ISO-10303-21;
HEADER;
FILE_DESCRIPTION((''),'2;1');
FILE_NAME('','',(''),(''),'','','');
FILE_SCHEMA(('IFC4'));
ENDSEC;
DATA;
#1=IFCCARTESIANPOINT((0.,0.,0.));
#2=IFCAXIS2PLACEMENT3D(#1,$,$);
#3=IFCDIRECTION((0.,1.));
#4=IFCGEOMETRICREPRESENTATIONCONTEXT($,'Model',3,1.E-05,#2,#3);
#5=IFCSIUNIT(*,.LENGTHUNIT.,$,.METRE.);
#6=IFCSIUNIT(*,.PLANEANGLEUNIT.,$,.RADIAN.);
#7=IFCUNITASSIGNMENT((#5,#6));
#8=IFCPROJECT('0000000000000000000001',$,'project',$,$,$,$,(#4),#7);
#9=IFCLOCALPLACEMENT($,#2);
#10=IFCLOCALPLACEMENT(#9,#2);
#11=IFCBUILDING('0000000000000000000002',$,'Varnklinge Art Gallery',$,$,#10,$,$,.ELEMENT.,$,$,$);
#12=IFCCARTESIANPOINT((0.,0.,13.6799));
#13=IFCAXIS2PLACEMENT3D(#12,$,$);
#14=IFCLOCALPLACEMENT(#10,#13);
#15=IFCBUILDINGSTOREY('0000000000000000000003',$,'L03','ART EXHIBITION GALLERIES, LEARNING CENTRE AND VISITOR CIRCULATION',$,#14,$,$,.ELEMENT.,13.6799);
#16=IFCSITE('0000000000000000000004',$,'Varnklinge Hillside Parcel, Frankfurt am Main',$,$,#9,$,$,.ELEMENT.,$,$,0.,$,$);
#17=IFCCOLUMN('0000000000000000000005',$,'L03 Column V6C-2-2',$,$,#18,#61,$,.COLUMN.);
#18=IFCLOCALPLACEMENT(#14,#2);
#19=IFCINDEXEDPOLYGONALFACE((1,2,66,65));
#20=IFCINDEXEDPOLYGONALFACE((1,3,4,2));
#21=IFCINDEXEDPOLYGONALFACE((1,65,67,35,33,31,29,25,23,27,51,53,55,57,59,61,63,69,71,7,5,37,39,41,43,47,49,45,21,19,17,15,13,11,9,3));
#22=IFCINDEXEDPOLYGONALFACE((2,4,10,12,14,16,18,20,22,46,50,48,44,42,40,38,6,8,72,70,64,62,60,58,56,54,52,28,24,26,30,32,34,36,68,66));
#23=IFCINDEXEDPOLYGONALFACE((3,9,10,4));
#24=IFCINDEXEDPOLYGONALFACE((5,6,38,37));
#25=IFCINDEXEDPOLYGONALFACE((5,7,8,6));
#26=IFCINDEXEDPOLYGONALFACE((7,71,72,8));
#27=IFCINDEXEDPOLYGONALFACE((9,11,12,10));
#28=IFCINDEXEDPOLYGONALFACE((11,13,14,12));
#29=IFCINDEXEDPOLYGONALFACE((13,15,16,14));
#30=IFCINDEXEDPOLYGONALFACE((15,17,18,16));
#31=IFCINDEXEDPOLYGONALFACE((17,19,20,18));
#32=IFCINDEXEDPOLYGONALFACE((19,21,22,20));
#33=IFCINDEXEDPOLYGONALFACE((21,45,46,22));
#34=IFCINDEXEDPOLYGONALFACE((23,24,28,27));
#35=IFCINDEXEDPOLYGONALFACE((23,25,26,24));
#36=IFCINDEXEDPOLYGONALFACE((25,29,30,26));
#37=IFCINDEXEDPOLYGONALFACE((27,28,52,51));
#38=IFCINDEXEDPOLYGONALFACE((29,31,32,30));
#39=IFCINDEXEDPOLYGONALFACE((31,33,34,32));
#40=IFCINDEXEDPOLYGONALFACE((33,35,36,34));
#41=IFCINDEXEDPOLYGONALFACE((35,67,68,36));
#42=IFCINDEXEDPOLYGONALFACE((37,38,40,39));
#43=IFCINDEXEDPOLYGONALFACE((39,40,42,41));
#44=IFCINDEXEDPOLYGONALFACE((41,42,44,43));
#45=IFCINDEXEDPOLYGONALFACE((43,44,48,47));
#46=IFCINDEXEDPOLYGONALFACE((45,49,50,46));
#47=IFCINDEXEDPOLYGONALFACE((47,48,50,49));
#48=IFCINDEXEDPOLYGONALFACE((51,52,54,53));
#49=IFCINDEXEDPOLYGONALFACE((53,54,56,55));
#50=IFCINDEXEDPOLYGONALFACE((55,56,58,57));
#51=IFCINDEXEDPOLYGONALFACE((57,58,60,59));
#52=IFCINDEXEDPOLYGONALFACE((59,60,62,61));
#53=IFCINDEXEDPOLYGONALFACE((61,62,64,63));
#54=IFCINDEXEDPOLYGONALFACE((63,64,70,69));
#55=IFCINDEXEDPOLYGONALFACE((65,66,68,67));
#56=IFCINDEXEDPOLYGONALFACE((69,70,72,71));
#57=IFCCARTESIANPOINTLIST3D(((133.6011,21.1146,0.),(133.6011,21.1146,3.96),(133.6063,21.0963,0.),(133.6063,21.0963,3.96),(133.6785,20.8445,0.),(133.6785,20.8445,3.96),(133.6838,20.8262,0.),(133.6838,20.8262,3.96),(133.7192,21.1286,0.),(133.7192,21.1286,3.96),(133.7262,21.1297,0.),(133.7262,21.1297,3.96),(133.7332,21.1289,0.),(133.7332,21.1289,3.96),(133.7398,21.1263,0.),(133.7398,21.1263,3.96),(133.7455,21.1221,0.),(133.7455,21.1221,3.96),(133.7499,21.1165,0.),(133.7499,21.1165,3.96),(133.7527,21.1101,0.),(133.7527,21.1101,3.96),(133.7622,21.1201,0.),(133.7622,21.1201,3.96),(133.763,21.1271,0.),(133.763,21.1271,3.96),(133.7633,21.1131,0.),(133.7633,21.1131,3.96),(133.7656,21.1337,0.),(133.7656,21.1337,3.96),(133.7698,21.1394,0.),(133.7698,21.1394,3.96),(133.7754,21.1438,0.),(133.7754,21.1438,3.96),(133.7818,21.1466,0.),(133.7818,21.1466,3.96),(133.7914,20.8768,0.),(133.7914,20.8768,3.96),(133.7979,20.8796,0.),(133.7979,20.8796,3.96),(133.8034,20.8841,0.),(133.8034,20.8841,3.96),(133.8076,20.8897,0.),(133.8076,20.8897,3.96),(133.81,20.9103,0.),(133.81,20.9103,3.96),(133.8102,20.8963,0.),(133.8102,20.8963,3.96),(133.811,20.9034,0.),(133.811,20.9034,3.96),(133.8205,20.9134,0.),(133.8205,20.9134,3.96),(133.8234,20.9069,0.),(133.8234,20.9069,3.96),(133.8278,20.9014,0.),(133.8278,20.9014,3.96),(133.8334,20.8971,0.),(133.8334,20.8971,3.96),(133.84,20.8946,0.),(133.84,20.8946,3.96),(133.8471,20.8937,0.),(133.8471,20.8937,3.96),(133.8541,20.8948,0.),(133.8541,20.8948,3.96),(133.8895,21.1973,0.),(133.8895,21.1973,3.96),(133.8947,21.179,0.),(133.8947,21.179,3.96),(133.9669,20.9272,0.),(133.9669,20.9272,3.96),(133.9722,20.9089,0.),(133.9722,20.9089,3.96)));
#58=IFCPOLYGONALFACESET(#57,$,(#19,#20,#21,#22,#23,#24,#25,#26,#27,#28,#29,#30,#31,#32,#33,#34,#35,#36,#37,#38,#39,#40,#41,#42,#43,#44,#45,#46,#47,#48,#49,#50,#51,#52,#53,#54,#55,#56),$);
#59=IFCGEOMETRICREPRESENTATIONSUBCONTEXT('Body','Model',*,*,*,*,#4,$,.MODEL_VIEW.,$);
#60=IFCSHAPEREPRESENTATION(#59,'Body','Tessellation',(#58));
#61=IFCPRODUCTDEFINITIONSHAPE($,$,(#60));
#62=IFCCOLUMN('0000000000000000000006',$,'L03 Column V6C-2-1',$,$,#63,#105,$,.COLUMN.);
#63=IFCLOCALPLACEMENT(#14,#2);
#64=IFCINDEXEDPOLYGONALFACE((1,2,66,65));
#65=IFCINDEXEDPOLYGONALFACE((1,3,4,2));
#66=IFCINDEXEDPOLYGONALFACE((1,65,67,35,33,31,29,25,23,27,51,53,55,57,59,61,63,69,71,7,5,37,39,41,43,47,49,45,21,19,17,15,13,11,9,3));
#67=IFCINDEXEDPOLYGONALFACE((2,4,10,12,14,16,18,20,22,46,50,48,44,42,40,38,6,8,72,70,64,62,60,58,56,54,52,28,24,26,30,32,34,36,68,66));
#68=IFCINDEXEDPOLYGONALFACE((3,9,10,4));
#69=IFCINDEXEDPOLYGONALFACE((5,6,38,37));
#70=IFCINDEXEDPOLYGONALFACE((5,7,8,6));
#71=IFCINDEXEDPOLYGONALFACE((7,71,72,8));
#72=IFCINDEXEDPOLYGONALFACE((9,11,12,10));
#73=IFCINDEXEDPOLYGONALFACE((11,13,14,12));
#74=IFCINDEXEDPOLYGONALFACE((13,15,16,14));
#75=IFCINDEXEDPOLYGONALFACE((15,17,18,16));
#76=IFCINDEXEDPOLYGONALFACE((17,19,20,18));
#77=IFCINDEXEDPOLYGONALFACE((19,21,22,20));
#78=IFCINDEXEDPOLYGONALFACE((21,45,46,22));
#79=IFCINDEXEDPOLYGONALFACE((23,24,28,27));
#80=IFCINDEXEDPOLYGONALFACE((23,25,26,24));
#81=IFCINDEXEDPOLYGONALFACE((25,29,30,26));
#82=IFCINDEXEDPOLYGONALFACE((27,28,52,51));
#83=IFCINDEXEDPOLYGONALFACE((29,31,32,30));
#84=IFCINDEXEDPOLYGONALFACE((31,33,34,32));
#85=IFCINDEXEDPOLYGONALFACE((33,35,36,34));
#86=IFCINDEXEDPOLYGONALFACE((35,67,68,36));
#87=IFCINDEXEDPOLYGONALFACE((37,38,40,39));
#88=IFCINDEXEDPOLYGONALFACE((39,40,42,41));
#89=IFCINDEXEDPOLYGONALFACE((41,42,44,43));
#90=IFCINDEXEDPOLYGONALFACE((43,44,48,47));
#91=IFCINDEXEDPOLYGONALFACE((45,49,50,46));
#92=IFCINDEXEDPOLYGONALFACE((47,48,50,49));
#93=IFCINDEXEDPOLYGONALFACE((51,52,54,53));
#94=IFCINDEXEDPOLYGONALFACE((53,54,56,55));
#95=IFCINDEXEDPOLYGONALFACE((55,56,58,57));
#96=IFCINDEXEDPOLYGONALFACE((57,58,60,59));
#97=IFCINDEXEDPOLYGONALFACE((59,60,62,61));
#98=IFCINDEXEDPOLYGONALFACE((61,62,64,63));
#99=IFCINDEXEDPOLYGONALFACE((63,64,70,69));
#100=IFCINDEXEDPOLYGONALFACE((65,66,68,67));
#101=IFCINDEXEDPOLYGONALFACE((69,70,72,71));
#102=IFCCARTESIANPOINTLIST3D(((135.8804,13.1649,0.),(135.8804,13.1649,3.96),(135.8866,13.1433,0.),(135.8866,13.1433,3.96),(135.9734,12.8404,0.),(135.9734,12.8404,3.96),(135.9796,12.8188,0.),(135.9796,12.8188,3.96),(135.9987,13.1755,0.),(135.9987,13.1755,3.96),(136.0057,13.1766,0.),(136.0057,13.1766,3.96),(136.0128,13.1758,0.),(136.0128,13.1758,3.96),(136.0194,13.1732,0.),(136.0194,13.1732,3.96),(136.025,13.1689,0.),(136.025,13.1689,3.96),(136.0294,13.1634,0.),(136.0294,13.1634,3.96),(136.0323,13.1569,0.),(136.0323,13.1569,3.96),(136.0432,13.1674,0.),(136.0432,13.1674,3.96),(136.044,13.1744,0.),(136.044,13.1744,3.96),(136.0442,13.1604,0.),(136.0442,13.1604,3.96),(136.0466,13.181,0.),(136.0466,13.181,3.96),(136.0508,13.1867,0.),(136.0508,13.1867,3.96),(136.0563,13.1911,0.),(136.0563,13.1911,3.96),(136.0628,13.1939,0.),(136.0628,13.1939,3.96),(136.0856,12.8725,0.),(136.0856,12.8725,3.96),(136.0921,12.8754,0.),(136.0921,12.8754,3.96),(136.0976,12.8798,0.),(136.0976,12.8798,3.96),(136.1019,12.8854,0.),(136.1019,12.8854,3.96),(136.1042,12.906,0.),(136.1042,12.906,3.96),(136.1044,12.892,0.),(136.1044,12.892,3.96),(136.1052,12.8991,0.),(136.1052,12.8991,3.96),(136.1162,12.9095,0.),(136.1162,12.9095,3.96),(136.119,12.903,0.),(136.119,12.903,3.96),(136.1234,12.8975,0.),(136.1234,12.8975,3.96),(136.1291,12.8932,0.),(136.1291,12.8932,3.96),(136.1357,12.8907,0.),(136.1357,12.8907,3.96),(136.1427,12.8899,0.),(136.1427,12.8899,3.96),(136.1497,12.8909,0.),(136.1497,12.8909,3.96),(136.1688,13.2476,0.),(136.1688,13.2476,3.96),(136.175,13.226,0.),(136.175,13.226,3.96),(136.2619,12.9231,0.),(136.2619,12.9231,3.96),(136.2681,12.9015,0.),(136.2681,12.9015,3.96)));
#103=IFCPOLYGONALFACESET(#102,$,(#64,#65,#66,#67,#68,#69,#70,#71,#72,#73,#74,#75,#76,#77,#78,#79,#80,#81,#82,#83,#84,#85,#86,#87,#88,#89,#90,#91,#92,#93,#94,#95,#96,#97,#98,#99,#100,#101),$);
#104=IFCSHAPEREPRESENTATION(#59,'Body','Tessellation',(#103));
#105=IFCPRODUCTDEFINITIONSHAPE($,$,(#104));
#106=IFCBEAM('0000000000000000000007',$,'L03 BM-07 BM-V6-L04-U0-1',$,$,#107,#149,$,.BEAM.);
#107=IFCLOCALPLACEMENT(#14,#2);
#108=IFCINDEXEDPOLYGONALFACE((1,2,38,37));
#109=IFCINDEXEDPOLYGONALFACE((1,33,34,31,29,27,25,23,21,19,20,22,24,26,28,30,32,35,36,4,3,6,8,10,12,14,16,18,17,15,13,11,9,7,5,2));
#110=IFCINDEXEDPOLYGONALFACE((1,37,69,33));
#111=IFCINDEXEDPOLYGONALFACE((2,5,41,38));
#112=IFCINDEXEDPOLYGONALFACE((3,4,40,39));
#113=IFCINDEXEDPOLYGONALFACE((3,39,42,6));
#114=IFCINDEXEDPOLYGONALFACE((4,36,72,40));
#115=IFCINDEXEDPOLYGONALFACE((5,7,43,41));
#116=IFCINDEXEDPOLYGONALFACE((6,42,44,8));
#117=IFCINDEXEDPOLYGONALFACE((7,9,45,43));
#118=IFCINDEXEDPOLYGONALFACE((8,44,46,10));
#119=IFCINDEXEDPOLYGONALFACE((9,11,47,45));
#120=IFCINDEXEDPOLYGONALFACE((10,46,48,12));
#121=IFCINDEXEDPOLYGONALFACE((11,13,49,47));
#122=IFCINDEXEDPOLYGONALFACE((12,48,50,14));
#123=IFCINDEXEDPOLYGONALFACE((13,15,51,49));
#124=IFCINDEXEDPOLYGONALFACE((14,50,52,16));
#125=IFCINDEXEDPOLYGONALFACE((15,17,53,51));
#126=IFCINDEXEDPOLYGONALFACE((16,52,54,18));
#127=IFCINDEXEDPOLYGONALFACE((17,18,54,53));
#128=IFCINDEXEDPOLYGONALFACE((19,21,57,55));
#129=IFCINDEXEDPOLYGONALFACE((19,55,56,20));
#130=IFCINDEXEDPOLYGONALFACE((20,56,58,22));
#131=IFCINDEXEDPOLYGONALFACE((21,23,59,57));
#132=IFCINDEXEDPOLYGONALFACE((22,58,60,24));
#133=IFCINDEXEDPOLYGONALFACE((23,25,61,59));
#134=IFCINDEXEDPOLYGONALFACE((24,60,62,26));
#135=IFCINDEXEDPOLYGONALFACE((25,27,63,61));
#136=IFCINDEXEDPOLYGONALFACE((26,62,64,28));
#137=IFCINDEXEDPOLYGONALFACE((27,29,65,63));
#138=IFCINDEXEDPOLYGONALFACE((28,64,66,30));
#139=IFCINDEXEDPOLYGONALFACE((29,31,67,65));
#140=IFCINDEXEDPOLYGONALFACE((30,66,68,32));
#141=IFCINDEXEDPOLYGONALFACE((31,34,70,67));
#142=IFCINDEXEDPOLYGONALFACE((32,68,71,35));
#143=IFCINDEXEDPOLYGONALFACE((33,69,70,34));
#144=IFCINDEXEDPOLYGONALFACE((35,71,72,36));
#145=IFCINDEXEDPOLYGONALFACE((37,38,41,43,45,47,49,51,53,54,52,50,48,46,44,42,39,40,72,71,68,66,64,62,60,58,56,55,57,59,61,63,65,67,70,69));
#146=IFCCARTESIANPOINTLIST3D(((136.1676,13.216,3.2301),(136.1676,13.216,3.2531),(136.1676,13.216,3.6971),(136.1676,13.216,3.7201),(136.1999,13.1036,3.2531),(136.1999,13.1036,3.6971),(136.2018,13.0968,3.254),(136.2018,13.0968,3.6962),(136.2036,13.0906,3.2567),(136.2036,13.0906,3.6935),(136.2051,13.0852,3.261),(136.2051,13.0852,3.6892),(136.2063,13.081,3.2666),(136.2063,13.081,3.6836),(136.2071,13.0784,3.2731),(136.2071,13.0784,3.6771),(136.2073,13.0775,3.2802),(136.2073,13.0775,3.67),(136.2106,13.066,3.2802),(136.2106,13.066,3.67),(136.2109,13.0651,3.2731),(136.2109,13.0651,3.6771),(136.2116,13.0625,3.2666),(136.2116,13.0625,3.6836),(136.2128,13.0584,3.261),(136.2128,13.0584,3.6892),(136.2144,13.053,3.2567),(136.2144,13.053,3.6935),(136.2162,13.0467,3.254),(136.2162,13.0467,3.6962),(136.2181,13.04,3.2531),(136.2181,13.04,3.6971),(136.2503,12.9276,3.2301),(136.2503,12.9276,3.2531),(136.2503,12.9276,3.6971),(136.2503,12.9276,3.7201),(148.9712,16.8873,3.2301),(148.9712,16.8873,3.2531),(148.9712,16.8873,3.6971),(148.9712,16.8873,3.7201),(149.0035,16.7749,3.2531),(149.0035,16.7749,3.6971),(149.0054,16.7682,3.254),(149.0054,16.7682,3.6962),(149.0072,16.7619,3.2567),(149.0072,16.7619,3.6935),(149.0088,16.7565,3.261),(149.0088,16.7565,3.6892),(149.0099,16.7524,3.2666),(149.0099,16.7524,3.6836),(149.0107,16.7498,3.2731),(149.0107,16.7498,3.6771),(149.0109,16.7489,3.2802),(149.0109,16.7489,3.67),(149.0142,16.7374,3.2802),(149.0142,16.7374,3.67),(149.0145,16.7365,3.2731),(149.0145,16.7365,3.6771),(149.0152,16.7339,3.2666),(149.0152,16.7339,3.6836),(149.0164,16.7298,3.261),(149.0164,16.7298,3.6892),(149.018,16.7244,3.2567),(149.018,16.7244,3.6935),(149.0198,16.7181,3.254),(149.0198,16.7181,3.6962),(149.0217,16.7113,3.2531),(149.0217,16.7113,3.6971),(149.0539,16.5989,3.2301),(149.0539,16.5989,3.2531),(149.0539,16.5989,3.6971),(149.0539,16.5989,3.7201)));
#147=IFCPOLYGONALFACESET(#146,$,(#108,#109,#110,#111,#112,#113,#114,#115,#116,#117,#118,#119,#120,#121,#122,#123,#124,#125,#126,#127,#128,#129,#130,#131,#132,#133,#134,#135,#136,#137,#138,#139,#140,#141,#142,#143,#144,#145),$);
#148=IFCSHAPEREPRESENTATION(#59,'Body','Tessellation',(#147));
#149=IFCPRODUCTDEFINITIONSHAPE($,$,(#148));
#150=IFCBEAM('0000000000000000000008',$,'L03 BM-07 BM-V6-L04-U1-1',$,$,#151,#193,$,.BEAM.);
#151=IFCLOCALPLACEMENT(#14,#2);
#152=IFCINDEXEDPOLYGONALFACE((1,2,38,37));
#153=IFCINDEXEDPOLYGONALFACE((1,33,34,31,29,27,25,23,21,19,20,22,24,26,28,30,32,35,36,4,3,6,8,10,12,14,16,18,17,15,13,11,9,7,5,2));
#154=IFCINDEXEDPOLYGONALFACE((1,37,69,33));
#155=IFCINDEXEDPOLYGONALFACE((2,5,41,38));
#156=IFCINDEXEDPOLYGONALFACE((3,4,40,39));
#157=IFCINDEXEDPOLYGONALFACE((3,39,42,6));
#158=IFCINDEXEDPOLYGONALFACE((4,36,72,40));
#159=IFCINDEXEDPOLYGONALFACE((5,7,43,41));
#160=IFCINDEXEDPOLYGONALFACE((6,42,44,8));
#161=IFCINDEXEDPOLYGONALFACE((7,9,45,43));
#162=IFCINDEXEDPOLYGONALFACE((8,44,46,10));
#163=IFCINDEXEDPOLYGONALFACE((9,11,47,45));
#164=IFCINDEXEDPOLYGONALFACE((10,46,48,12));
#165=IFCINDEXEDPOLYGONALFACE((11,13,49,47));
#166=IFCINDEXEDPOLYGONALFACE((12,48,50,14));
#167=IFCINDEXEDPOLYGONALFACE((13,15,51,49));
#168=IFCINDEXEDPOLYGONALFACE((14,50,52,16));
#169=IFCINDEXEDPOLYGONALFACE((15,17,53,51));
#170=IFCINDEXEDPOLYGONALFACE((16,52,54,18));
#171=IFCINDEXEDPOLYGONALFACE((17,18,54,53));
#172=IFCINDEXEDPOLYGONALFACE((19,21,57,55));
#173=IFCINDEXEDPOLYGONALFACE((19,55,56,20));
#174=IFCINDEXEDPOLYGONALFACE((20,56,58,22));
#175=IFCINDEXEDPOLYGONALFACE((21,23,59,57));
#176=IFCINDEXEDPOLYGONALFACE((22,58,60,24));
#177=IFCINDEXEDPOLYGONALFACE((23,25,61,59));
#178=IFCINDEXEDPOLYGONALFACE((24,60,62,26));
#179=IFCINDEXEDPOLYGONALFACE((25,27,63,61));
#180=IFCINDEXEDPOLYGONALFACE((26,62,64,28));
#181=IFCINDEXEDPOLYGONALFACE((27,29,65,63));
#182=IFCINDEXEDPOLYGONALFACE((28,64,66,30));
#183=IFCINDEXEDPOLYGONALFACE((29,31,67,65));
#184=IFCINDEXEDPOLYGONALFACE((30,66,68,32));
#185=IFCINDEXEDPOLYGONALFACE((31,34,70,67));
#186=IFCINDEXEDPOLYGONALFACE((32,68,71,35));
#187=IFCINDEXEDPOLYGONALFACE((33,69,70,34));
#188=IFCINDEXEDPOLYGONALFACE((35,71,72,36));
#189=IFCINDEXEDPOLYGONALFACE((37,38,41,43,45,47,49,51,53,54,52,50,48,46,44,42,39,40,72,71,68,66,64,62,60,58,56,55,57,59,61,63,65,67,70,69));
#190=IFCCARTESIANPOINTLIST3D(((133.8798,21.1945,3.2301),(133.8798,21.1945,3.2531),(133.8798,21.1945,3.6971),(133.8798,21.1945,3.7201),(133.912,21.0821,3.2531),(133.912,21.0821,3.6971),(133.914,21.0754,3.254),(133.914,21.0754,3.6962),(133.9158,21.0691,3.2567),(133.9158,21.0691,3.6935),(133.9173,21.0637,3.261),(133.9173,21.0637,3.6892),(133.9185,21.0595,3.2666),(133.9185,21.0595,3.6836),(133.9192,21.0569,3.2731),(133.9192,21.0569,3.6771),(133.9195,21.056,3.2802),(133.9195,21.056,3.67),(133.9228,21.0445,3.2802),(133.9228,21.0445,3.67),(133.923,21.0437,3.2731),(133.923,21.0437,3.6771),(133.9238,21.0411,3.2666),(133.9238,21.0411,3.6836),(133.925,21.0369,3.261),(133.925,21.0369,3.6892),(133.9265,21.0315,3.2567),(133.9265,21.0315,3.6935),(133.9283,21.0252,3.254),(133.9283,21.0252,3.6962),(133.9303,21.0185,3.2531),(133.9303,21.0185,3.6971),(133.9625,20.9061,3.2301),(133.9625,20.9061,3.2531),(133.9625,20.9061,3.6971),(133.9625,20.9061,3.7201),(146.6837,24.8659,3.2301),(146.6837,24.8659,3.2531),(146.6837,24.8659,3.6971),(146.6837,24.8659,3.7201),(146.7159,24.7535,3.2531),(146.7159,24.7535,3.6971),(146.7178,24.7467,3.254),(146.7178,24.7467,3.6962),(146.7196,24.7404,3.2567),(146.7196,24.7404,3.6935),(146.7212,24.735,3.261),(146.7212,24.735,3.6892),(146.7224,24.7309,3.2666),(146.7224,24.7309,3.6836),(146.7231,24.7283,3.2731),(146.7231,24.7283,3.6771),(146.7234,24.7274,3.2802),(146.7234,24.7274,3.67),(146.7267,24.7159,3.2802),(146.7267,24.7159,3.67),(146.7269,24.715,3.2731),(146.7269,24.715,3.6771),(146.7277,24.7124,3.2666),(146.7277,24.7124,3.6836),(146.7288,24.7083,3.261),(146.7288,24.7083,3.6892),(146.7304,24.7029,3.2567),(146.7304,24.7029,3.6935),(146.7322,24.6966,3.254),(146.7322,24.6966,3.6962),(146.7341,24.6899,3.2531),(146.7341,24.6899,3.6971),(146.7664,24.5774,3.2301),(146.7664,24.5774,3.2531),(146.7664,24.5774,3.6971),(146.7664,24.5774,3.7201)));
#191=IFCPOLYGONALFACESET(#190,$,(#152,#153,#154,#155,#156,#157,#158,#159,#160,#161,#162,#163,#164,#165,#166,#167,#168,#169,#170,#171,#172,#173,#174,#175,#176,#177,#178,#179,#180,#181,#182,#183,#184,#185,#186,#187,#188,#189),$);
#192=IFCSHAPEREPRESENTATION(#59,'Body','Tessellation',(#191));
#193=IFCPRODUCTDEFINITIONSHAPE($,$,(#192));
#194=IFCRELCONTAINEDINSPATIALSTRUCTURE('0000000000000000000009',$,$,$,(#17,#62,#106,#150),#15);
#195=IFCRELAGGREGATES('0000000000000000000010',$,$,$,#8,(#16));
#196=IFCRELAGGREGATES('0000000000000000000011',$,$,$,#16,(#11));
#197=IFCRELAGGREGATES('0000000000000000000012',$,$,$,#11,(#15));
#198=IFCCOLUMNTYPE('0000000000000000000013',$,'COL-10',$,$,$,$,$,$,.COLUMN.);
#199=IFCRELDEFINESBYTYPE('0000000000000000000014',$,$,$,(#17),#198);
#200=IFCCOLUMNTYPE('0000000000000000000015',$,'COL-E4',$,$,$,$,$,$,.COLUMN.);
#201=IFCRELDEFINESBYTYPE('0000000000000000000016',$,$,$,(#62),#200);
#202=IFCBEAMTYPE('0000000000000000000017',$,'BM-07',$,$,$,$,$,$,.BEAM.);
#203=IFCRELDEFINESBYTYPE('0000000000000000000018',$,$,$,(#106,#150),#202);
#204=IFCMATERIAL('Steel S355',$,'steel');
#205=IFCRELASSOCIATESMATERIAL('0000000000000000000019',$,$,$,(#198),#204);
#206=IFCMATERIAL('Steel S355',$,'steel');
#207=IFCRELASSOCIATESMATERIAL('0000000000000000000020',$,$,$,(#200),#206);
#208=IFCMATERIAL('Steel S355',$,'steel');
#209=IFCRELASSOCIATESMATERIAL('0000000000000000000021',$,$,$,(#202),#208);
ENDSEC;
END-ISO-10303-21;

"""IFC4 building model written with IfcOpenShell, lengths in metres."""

from ifc_helpers import new_model, si_unit, direction, frame, origin, origin_2d, place, context, subcontext, project, spatial, i_section, extrude, material, material_profile, profile_set, type_object, element, save


model = new_model("IFC4")

# Units and contexts
model_context = context("Model", 3, precision=1e-05, world=origin(), true_north=direction((0.0, 1.0)))
body_context = subcontext(model_context, "Body", "Model", "MODEL_VIEW")
ifc_project = project(units=[si_unit("LENGTHUNIT", "METRE"), si_unit("PLANEANGLEUNIT", "RADIAN")], contexts=[model_context])

# Site, building, storey
site_placement = place(None, origin())
site = spatial("IfcSite", under=ifc_project, at=site_placement, Name="Varnklinge Hillside Parcel, Frankfurt am Main", CompositionType="ELEMENT", RefElevation=0.0)
building_placement = place(site_placement, origin())
building = spatial("IfcBuilding", under=site, at=building_placement, Name="Varnklinge Art Gallery", CompositionType="ELEMENT")
storey_placement = place(building_placement, frame((0.0, 0.0, 13.6799)))
storey = spatial("IfcBuildingStorey", under=building, at=storey_placement, Name="L03", Description="ART EXHIBITION GALLERIES, LEARNING CENTRE AND VISITOR CIRCULATION", CompositionType="ELEMENT", Elevation=13.6799)

# Columns
ifc_material_1 = material(Name="Steel S355", Category="steel")
ifc_material_profile_1 = material_profile(ifc_material_1, i_section(OverallWidth=0.3, OverallDepth=0.3, WebThickness=0.011, FlangeThickness=0.019, FilletRadius=0.0271, at=origin_2d()), Name="HEB 300")
ifc_profile_set_1 = profile_set([ifc_material_profile_1], Name="Steel S355")
column_type_1 = type_object("IfcColumnType", Name="COL-10", PredefinedType="COLUMN", material=ifc_profile_set_1)
column_1_placement = place(storey_placement, frame((133.7866, 21.0117, 0.0), z_axis=(0.0, 0.0, 1.0), x_axis=(0.961262, 0.275637, 0.0)))
element("IfcColumn", 1, at=column_1_placement, inside=storey, type_object=column_type_1, Name="L03 Column V6C-2-2", PredefinedType="COLUMN", context=body_context, shape_type="SweptSolid", body=[
    extrude(i_section(OverallWidth=0.3, OverallDepth=0.3, WebThickness=0.011, FlangeThickness=0.019, FilletRadius=0.0271, at=origin_2d()), origin(), (0.0, 0.0, 1.0), 3.96),
])
ifc_material_2 = material(Name="Steel S355", Category="steel")
ifc_material_profile_2 = material_profile(ifc_material_2, i_section(OverallWidth=0.3, OverallDepth=0.3601, WebThickness=0.0125, FlangeThickness=0.0225, FilletRadius=0.0271, at=origin_2d()), Name="HEB 360")
ifc_profile_set_2 = profile_set([ifc_material_profile_2], Name="Steel S355")
column_type_2 = type_object("IfcColumnType", Name="COL-E4", PredefinedType="COLUMN", material=ifc_profile_set_2)
column_2_placement = place(storey_placement, frame((136.0742, 13.0332, 0.0), z_axis=(0.0, 0.0, 1.0), x_axis=(0.961262, 0.275637, 0.0)))
element("IfcColumn", 2, at=column_2_placement, inside=storey, type_object=column_type_2, Name="L03 Column V6C-2-1", PredefinedType="COLUMN", context=body_context, shape_type="SweptSolid", body=[
    extrude(i_section(OverallWidth=0.3, OverallDepth=0.3601, WebThickness=0.0125, FlangeThickness=0.0225, FilletRadius=0.0271, at=origin_2d()), origin(), (0.0, 0.0, 1.0), 3.96),
])

# Beams
ifc_material_3 = material(Name="Steel S355", Category="steel")
ifc_material_profile_3 = material_profile(ifc_material_3, i_section(OverallWidth=0.3, OverallDepth=0.49, WebThickness=0.012, FlangeThickness=0.0229, FilletRadius=0.0271, at=origin_2d()), Name="HEA 500")
ifc_profile_set_3 = profile_set([ifc_material_profile_3], Name="Steel S355")
beam_type_1 = type_object("IfcBeamType", Name="BM-07", PredefinedType="BEAM", material=ifc_profile_set_3)
beam_1_placement = place(storey_placement, frame((136.209, 13.0718, 3.4751), z_axis=(0.961262, 0.275636, 0.0), x_axis=(-0.275636, 0.961262, 0.0)))
element("IfcBeam", 3, at=beam_1_placement, inside=storey, type_object=beam_type_1, Name="L03 BM-07 BM-V6-L04-U0-1", PredefinedType="BEAM", context=body_context, shape_type="SweptSolid", body=[
    extrude(i_section(OverallWidth=0.3, OverallDepth=0.49, WebThickness=0.012, FlangeThickness=0.0229, FilletRadius=0.0271, at=origin_2d()), origin(), (0.0, 0.0, 1.0), 13.3196),
])
beam_2_placement = place(storey_placement, frame((133.9211, 21.0503, 3.4751), z_axis=(0.961263, 0.275631, 0.0), x_axis=(-0.275631, 0.961263, 0.0)))
element("IfcBeam", 4, at=beam_2_placement, inside=storey, type_object=beam_type_1, Name="L03 BM-07 BM-V6-L04-U1-1", PredefinedType="BEAM", context=body_context, shape_type="SweptSolid", body=[
    extrude(i_section(OverallWidth=0.3, OverallDepth=0.49, WebThickness=0.012, FlangeThickness=0.0229, FilletRadius=0.0271, at=origin_2d()), origin(), (0.0, 0.0, 1.0), 13.3198),
])

save(model, "model.ifc")
